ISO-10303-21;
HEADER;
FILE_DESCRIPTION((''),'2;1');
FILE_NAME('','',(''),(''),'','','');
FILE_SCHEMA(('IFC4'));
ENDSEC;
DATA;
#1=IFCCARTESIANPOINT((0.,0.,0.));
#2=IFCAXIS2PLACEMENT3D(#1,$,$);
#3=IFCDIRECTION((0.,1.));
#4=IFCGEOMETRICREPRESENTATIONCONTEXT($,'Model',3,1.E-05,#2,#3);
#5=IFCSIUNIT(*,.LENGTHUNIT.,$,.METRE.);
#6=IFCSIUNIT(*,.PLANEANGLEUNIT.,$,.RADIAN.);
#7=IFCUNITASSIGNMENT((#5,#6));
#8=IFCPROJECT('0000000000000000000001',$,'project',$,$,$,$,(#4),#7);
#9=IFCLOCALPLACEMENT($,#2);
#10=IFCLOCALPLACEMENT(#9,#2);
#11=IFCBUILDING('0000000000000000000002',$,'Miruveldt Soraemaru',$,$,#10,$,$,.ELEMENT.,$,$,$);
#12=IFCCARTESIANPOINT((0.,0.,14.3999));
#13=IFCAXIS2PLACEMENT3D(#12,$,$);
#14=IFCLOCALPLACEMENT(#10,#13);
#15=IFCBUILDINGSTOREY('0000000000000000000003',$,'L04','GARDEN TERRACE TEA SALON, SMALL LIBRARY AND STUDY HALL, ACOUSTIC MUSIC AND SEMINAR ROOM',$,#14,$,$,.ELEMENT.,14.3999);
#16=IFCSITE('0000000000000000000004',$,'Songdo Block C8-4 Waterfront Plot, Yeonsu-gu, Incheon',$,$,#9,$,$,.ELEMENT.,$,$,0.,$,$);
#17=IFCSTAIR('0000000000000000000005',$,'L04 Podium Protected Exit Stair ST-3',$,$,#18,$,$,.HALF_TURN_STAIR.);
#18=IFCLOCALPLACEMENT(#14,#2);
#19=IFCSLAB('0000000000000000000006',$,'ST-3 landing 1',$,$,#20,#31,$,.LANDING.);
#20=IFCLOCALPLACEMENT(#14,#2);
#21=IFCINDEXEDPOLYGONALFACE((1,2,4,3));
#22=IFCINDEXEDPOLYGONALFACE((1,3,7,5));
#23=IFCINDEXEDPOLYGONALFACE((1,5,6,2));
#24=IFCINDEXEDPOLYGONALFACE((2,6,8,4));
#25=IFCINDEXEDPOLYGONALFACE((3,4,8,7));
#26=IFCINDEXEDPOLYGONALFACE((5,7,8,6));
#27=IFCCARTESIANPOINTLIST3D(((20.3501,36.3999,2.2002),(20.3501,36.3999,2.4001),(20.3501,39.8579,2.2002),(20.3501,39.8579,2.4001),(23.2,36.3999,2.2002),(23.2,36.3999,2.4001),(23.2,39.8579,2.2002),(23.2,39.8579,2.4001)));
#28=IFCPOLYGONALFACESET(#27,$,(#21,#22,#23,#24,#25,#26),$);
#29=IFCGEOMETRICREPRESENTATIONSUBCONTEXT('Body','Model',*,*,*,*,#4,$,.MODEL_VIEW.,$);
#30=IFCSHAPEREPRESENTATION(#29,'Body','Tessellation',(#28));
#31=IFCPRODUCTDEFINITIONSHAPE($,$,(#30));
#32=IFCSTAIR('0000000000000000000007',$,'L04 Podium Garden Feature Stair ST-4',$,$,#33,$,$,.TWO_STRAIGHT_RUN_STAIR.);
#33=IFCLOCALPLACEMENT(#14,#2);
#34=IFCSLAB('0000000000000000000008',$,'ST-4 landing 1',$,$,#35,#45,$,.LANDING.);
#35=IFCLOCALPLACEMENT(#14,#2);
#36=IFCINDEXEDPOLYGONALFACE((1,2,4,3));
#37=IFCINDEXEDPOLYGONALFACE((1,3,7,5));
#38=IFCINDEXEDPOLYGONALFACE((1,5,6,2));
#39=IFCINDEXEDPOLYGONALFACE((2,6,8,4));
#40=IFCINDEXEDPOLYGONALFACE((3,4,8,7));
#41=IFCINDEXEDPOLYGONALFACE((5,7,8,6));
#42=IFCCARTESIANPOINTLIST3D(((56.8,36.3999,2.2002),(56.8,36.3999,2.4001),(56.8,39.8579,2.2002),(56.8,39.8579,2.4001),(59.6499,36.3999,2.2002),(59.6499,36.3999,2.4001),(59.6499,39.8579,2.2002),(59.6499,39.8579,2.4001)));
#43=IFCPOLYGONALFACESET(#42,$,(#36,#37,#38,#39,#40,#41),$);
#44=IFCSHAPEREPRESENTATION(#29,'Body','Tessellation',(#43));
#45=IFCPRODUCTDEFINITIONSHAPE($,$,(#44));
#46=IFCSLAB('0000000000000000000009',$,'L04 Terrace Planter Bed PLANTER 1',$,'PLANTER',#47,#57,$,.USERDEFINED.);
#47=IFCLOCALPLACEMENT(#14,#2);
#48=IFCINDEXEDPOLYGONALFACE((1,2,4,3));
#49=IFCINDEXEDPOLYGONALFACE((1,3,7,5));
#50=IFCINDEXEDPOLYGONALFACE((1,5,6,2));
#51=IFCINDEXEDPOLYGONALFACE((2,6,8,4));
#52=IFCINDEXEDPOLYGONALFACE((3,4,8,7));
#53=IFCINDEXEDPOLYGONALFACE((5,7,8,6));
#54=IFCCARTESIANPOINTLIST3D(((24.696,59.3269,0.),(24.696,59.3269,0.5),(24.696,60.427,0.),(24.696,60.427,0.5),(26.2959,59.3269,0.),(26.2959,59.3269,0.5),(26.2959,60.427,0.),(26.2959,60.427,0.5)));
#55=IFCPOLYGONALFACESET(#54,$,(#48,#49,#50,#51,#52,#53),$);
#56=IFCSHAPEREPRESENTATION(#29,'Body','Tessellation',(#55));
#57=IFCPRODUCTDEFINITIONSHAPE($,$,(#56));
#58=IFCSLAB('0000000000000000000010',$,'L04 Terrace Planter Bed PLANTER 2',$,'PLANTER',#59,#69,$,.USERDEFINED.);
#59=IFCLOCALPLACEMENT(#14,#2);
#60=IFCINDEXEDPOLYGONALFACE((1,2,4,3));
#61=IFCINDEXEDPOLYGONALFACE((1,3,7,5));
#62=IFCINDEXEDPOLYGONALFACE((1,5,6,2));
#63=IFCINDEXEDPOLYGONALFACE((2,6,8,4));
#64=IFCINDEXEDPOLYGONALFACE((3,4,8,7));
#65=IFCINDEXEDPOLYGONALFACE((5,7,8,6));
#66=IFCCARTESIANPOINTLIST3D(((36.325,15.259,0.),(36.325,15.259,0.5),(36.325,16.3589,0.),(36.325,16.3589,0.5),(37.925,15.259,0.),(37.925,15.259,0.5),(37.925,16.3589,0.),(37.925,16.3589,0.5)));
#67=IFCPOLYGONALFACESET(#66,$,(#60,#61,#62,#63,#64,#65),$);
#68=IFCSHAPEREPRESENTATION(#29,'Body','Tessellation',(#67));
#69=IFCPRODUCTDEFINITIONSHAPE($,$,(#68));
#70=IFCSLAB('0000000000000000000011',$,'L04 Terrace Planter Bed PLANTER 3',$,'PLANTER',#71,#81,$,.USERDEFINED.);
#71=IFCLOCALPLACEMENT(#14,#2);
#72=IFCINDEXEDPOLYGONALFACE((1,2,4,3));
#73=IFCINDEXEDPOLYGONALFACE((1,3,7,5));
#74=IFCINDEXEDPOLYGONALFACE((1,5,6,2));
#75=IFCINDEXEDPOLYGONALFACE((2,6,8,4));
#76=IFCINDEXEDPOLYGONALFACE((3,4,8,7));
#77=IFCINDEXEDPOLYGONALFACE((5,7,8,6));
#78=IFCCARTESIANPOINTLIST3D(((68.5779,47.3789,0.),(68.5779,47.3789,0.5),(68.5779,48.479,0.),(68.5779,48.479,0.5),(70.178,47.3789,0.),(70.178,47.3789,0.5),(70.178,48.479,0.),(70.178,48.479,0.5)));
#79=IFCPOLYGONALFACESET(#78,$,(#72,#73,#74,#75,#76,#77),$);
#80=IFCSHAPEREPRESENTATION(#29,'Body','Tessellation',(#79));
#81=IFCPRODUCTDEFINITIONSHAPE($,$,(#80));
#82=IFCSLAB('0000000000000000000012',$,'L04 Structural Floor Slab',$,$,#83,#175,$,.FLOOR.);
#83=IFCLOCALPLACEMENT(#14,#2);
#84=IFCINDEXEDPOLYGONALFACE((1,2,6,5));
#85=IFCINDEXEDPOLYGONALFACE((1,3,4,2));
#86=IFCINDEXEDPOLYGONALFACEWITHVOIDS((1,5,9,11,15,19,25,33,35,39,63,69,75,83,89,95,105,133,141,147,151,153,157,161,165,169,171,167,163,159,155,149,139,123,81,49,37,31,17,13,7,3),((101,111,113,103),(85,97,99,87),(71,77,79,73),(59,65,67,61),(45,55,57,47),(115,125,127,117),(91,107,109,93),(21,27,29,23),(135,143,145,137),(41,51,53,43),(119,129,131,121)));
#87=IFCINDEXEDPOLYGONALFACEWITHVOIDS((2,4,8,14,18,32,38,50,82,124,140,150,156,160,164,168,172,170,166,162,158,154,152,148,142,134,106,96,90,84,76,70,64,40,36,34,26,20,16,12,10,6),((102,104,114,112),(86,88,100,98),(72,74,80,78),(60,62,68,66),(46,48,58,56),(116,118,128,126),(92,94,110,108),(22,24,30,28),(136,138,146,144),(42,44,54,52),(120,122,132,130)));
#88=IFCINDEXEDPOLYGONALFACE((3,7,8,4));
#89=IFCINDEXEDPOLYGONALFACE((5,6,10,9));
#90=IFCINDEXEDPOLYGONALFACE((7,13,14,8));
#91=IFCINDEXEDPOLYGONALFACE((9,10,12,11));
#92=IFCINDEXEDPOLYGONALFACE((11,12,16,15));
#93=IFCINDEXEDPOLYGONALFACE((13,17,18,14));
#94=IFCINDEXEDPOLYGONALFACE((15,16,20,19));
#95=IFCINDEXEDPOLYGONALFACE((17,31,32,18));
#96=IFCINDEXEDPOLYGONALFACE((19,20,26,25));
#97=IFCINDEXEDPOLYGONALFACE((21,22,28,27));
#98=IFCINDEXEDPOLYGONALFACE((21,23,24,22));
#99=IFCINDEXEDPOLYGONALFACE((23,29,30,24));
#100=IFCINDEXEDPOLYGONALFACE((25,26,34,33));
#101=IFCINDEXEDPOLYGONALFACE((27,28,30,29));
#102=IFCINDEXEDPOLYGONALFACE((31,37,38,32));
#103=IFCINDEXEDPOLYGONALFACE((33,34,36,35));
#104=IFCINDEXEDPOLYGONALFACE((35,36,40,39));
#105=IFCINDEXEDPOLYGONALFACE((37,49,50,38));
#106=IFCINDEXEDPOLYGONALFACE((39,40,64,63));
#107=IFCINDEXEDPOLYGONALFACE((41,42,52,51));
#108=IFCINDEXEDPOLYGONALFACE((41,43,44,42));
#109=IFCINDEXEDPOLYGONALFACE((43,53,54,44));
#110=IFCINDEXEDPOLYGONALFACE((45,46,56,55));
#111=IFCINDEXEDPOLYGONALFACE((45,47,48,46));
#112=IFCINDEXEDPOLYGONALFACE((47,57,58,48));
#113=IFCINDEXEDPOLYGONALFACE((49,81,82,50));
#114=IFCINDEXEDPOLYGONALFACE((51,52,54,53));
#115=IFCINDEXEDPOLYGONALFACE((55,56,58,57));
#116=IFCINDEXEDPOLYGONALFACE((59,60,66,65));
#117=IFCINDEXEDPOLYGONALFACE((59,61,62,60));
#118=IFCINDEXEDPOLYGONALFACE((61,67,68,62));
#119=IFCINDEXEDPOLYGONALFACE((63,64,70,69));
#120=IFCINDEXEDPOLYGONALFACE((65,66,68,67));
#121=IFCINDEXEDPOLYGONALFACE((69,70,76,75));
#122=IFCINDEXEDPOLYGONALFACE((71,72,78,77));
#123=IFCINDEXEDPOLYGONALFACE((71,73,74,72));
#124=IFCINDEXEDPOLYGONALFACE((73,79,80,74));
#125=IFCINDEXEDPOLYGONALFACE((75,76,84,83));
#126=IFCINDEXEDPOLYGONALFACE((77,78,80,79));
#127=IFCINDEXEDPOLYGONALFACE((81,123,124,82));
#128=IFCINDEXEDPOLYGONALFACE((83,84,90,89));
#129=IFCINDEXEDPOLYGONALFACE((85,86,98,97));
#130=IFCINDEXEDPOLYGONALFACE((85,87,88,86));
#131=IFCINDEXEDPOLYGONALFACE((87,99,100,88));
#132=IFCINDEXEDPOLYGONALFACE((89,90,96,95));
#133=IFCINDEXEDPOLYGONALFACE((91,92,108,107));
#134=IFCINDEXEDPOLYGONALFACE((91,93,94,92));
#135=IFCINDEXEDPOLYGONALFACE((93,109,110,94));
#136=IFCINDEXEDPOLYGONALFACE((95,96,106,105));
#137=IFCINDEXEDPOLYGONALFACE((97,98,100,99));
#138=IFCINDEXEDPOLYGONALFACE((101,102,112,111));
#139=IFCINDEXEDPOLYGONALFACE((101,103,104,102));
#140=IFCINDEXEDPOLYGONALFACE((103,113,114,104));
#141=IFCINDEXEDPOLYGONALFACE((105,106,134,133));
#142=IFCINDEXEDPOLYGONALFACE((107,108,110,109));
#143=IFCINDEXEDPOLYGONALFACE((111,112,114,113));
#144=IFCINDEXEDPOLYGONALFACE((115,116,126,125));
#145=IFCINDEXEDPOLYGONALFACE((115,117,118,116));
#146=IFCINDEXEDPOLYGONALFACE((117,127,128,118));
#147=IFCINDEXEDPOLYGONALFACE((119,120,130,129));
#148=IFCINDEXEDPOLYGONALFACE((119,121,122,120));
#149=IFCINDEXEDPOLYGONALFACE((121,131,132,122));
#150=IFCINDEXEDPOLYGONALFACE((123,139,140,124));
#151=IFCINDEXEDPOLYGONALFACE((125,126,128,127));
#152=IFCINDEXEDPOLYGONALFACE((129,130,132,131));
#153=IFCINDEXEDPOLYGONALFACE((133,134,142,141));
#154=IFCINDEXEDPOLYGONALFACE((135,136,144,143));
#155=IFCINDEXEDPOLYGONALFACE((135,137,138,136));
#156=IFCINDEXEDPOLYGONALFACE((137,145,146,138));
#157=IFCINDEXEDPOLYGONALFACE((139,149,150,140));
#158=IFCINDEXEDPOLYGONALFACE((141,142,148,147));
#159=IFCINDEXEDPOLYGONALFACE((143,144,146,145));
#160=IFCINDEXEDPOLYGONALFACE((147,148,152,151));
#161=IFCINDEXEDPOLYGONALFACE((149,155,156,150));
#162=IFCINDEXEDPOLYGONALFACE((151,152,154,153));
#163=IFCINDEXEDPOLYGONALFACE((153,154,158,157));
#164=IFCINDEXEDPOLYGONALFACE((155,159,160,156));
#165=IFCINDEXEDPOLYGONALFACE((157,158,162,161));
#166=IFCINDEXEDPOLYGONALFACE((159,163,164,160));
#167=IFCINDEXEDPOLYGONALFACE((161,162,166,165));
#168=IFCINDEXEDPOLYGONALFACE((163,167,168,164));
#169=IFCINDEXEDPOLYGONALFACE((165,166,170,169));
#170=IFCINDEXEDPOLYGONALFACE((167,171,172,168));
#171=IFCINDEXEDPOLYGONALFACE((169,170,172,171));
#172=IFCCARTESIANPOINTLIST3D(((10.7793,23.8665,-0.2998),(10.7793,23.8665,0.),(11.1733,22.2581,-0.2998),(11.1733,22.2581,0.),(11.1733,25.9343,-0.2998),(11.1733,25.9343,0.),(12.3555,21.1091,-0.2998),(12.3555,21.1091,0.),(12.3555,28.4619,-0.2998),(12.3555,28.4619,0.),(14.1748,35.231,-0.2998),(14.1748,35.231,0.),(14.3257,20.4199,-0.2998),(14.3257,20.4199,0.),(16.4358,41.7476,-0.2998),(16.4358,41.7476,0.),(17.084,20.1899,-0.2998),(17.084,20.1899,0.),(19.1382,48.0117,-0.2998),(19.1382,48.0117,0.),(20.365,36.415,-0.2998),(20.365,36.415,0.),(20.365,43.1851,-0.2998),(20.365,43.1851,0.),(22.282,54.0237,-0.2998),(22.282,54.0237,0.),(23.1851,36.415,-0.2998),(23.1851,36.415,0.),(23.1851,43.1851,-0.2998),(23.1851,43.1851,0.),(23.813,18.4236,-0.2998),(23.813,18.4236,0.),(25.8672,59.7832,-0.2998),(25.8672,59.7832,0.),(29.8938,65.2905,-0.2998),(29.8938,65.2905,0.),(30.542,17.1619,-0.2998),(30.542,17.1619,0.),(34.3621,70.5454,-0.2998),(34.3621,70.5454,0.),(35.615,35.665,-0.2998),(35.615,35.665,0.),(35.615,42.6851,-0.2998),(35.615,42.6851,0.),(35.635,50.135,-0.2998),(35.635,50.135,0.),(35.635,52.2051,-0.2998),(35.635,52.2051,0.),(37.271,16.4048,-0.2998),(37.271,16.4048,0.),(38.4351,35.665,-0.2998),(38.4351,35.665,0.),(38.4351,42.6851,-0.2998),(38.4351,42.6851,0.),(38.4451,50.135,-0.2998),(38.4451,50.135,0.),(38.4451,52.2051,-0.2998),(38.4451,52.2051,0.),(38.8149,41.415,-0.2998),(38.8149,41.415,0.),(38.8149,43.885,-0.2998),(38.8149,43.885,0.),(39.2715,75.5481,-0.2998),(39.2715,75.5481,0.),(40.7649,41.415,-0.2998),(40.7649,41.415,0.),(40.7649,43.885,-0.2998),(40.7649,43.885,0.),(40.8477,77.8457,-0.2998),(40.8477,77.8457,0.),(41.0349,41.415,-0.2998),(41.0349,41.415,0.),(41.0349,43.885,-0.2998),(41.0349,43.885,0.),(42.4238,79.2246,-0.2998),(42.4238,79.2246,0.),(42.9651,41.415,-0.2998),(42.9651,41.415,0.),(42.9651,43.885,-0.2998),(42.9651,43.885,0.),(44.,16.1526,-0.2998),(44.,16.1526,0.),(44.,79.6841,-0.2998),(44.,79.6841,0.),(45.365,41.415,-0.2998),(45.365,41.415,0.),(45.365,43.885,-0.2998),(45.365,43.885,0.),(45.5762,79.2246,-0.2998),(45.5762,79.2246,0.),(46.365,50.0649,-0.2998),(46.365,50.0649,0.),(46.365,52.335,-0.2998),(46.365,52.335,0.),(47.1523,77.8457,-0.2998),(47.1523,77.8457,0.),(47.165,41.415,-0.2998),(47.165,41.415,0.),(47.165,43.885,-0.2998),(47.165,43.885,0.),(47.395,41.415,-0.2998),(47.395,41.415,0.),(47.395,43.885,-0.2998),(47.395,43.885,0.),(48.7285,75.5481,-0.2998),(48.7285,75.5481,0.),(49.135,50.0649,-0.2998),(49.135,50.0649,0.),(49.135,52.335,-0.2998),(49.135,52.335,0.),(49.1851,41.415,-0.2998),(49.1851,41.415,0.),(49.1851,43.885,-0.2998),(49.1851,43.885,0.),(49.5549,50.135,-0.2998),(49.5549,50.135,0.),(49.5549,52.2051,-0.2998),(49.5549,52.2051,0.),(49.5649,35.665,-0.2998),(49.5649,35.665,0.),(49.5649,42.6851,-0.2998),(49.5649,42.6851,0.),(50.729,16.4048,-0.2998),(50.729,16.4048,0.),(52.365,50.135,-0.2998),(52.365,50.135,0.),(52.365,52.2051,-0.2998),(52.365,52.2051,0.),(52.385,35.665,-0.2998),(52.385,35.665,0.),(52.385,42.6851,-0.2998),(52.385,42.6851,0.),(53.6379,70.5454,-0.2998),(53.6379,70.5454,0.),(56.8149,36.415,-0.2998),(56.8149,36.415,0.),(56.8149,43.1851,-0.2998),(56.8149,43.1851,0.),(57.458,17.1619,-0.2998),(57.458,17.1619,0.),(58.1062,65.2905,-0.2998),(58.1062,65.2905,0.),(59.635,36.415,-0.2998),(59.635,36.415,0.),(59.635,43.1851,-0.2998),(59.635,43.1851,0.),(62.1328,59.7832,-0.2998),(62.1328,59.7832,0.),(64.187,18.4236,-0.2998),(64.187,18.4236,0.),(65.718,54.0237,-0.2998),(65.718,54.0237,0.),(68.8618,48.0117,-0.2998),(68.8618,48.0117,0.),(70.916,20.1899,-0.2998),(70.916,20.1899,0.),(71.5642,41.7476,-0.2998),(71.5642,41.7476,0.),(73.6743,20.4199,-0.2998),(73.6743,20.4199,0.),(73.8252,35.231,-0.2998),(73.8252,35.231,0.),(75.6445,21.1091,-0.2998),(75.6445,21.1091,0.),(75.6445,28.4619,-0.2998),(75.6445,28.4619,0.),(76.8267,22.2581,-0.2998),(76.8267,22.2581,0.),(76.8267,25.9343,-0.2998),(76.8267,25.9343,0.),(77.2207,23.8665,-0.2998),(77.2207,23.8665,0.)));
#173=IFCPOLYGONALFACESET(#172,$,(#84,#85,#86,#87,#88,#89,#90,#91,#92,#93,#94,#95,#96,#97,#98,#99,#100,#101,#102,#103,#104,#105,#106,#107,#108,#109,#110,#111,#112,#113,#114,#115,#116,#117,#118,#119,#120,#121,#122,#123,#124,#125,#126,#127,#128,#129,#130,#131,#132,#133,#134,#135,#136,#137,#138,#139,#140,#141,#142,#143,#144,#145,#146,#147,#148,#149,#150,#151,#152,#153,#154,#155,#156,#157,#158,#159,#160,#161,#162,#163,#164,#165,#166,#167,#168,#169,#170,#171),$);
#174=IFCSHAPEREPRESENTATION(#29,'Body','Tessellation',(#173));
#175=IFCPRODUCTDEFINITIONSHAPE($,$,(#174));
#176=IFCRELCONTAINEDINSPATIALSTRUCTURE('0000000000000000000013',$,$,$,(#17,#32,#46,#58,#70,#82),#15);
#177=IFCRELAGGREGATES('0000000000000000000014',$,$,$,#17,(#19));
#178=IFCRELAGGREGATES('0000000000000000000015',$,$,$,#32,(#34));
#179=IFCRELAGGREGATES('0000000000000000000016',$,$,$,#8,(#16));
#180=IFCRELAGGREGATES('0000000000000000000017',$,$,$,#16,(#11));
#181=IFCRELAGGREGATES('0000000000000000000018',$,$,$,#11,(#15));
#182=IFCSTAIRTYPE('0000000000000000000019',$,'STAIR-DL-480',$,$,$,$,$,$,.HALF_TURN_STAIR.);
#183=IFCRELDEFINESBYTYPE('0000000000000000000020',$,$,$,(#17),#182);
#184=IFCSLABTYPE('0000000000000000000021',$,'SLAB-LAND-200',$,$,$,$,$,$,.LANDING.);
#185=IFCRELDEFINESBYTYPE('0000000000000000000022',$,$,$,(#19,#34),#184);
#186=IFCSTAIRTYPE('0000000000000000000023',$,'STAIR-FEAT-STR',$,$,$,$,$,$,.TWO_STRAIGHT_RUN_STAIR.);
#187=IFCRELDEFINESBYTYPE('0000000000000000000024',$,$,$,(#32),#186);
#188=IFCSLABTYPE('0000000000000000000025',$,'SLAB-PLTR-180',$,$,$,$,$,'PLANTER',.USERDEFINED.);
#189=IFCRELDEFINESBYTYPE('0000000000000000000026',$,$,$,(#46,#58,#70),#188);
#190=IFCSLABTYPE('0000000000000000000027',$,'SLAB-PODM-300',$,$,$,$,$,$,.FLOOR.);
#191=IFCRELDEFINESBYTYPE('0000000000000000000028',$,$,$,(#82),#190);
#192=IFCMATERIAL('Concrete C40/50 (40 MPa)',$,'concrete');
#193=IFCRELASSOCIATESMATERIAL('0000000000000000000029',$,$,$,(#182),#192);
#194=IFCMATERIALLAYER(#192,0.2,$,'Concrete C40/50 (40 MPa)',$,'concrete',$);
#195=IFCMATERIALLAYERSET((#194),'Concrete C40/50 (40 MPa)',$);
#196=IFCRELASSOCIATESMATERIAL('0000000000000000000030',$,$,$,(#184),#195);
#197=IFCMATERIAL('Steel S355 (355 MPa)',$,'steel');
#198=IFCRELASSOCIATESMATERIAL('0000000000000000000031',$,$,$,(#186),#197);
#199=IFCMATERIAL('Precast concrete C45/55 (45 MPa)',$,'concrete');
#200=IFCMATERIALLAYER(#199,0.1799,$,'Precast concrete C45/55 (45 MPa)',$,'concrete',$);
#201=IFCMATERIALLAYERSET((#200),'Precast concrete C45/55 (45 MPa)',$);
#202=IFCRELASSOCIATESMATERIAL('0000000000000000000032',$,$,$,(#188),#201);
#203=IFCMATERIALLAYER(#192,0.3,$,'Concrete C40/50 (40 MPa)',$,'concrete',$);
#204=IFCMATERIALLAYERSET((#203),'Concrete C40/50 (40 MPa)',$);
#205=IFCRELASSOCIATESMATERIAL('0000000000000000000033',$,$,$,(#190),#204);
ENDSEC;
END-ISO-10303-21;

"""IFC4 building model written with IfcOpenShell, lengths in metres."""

from ifc_helpers import new_model, si_unit, direction, frame, origin, place, context, subcontext, project, spatial, polyline, outline, extrude, material, layer, layer_set, type_object, element, aggregate, save


model = new_model("IFC4")

# Units and contexts
model_context = context("Model", 3, precision=1e-05, world=origin(), true_north=direction((0.0, 1.0)))
body_context = subcontext(model_context, "Body", "Model", "MODEL_VIEW")
ifc_project = project(units=[si_unit("LENGTHUNIT", "METRE"), si_unit("PLANEANGLEUNIT", "RADIAN")], contexts=[model_context])

# Site, building, storey
site_placement = place(None, origin())
site = spatial("IfcSite", under=ifc_project, at=site_placement, Name="Songdo Block C8-4 Waterfront Plot, Yeonsu-gu, Incheon", CompositionType="ELEMENT", RefElevation=0.0)
building_placement = place(site_placement, origin())
building = spatial("IfcBuilding", under=site, at=building_placement, Name="Miruveldt Soraemaru", CompositionType="ELEMENT")
storey_placement = place(building_placement, frame((0.0, 0.0, 14.3999)))
storey = spatial("IfcBuildingStorey", under=building, at=storey_placement, Name="L04", Description="GARDEN TERRACE TEA SALON, SMALL LIBRARY AND STUDY HALL, ACOUSTIC MUSIC AND SEMINAR ROOM", CompositionType="ELEMENT", Elevation=14.3999)

# Stairs, slabs
ifc_material_1 = material(Name="Concrete C40/50 (40 MPa)", Category="concrete")
stair_type_1 = type_object("IfcStairType", Name="STAIR-DL-480", PredefinedType="HALF_TURN_STAIR", material=ifc_material_1)
ifc_layer_1 = layer(ifc_material_1, 0.2, Name="Concrete C40/50 (40 MPa)", Category="concrete")
ifc_layer_set_1 = layer_set([ifc_layer_1], Name="Concrete C40/50 (40 MPa)")
slab_type_1 = type_object("IfcSlabType", Name="SLAB-LAND-200", PredefinedType="LANDING", material=ifc_layer_set_1)
stair_1_placement = place(storey_placement, origin())
stair_1 = element("IfcStair", 1, at=stair_1_placement, inside=storey, type_object=stair_type_1, Name="L04 Podium Protected Exit Stair ST-3", PredefinedType="HALF_TURN_STAIR")
slab_1_placement = place(storey_placement, frame((0.0, 0.0, 2.2002)))
slab_1 = element("IfcSlab", 2, at=slab_1_placement, type_object=slab_type_1, Name="ST-3 landing 1", PredefinedType="LANDING", context=body_context, shape_type="SweptSolid", body=[
    extrude(outline(polyline([(20.3501, 39.8579), (20.3501, 36.3999), (23.2, 36.3999), (23.2, 39.8579), (20.3501, 39.8579)])), origin(), (0.0, 0.0, 1.0), 0.2),
])
aggregate(stair_1, [slab_1])
ifc_material_2 = material(Name="Steel S355 (355 MPa)", Category="steel")
stair_type_2 = type_object("IfcStairType", Name="STAIR-FEAT-STR", PredefinedType="TWO_STRAIGHT_RUN_STAIR", material=ifc_material_2)
stair_2_placement = place(storey_placement, origin())
stair_2 = element("IfcStair", 3, at=stair_2_placement, inside=storey, type_object=stair_type_2, Name="L04 Podium Garden Feature Stair ST-4", PredefinedType="TWO_STRAIGHT_RUN_STAIR")
slab_2_placement = place(storey_placement, frame((0.0, 0.0, 2.2002)))
slab_2 = element("IfcSlab", 4, at=slab_2_placement, type_object=slab_type_1, Name="ST-4 landing 1", PredefinedType="LANDING", context=body_context, shape_type="SweptSolid", body=[
    extrude(outline(polyline([(56.8, 39.8579), (56.8, 36.3999), (59.6499, 36.3999), (59.6499, 39.8579), (56.8, 39.8579)])), origin(), (0.0, 0.0, 1.0), 0.2),
])
aggregate(stair_2, [slab_2])

# Slabs
ifc_material_3 = material(Name="Precast concrete C45/55 (45 MPa)", Category="concrete")
ifc_layer_2 = layer(ifc_material_3, 0.1799, Name="Precast concrete C45/55 (45 MPa)", Category="concrete")
ifc_layer_set_2 = layer_set([ifc_layer_2], Name="Precast concrete C45/55 (45 MPa)")
slab_type_2 = type_object("IfcSlabType", Name="SLAB-PLTR-180", ElementType="PLANTER", PredefinedType="USERDEFINED", material=ifc_layer_set_2)
slab_3_placement = place(storey_placement, origin())
element("IfcSlab", 5, at=slab_3_placement, inside=storey, type_object=slab_type_2, Name="L04 Terrace Planter Bed PLANTER 1", ObjectType="PLANTER", PredefinedType="USERDEFINED", context=body_context, shape_type="SweptSolid", body=[
    extrude(outline(polyline([(24.696, 59.3269), (26.2959, 59.3269), (26.2959, 60.427), (24.696, 60.427), (24.696, 59.3269)])), origin(), (0.0, 0.0, 1.0), 0.5),
])
slab_4_placement = place(storey_placement, origin())
element("IfcSlab", 6, at=slab_4_placement, inside=storey, type_object=slab_type_2, Name="L04 Terrace Planter Bed PLANTER 2", ObjectType="PLANTER", PredefinedType="USERDEFINED", context=body_context, shape_type="SweptSolid", body=[
    extrude(outline(polyline([(36.325, 15.259), (37.925, 15.259), (37.925, 16.3589), (36.325, 16.3589), (36.325, 15.259)])), origin(), (0.0, 0.0, 1.0), 0.5),
])
slab_5_placement = place(storey_placement, origin())
element("IfcSlab", 7, at=slab_5_placement, inside=storey, type_object=slab_type_2, Name="L04 Terrace Planter Bed PLANTER 3", ObjectType="PLANTER", PredefinedType="USERDEFINED", context=body_context, shape_type="SweptSolid", body=[
    extrude(outline(polyline([(68.5779, 47.3789), (70.178, 47.3789), (70.178, 48.479), (68.5779, 48.479), (68.5779, 47.3789)])), origin(), (0.0, 0.0, 1.0), 0.5),
])
ifc_layer_3 = layer(ifc_material_1, 0.3, Name="Concrete C40/50 (40 MPa)", Category="concrete")
ifc_layer_set_3 = layer_set([ifc_layer_3], Name="Concrete C40/50 (40 MPa)")
slab_type_3 = type_object("IfcSlabType", Name="SLAB-PODM-300", PredefinedType="FLOOR", material=ifc_layer_set_3)
slab_6_placement = place(storey_placement, frame((0.0, 0.0, -0.2998)))
element("IfcSlab", 8, at=slab_6_placement, inside=storey, type_object=slab_type_3, Name="L04 Structural Floor Slab", PredefinedType="FLOOR", context=body_context, shape_type="SweptSolid", body=[
    extrude(outline(polyline([(53.6379, 70.5454), (58.1062, 65.2905), (62.1328, 59.7832), (65.718, 54.0237), (68.8618, 48.0117), (71.5642, 41.7476), (73.8252, 35.231), (75.6445, 28.4619), (76.8267, 25.9343), (77.2207, 23.8665), (76.8267, 22.2581), (75.6445, 21.1091), (73.6743, 20.4199), (70.916, 20.1899), (64.187, 18.4236), (57.458, 17.1619), (50.729, 16.4048), (44.0, 16.1526), (37.271, 16.4048), (30.542, 17.1619), (23.813, 18.4236), (17.084, 20.1899), (14.3257, 20.4199), (12.3555, 21.1091), (11.1733, 22.2581), (10.7793, 23.8665), (11.1733, 25.9343), (12.3555, 28.4619), (14.1748, 35.231), (16.4358, 41.7476), (19.1382, 48.0117), (22.282, 54.0237), (25.8672, 59.7832), (29.8938, 65.2905), (34.3621, 70.5454), (39.2715, 75.5481), (40.8477, 77.8457), (42.4238, 79.2246), (44.0, 79.6841), (45.5762, 79.2246), (47.1523, 77.8457), (48.7285, 75.5481), (53.6379, 70.5454)]), holes=[polyline([(35.615, 35.665), (38.4351, 35.665), (38.4351, 42.6851), (35.615, 42.6851), (35.615, 35.665)]), polyline([(20.365, 36.415), (23.1851, 36.415), (23.1851, 43.1851), (20.365, 43.1851), (20.365, 36.415)]), polyline([(40.7649, 41.415), (40.7649, 43.885), (38.8149, 43.885), (38.8149, 41.415), (40.7649, 41.415)]), polyline([(41.0349, 41.415), (42.9651, 41.415), (42.9651, 43.885), (41.0349, 43.885), (41.0349, 41.415)]), polyline([(45.365, 41.415), (47.165, 41.415), (47.165, 43.885), (45.365, 43.885), (45.365, 41.415)]), polyline([(38.4451, 50.135), (38.4451, 52.2051), (35.635, 52.2051), (35.635, 50.135), (38.4451, 50.135)]), polyline([(49.5649, 42.6851), (49.5649, 35.665), (52.385, 35.665), (52.385, 42.6851), (49.5649, 42.6851)]), polyline([(56.8149, 43.1851), (56.8149, 36.415), (59.635, 36.415), (59.635, 43.1851), (56.8149, 43.1851)]), polyline([(49.1851, 41.415), (49.1851, 43.885), (47.395, 43.885), (47.395, 41.415), (49.1851, 41.415)]), polyline([(49.5549, 50.135), (52.365, 50.135), (52.365, 52.2051), (49.5549, 52.2051), (49.5549, 50.135)]), polyline([(46.365, 50.0649), (49.135, 50.0649), (49.135, 52.335), (46.365, 52.335), (46.365, 50.0649)])]), origin(), (0.0, 0.0, 1.0), 0.2998),
])

save(model, "model.ifc")
